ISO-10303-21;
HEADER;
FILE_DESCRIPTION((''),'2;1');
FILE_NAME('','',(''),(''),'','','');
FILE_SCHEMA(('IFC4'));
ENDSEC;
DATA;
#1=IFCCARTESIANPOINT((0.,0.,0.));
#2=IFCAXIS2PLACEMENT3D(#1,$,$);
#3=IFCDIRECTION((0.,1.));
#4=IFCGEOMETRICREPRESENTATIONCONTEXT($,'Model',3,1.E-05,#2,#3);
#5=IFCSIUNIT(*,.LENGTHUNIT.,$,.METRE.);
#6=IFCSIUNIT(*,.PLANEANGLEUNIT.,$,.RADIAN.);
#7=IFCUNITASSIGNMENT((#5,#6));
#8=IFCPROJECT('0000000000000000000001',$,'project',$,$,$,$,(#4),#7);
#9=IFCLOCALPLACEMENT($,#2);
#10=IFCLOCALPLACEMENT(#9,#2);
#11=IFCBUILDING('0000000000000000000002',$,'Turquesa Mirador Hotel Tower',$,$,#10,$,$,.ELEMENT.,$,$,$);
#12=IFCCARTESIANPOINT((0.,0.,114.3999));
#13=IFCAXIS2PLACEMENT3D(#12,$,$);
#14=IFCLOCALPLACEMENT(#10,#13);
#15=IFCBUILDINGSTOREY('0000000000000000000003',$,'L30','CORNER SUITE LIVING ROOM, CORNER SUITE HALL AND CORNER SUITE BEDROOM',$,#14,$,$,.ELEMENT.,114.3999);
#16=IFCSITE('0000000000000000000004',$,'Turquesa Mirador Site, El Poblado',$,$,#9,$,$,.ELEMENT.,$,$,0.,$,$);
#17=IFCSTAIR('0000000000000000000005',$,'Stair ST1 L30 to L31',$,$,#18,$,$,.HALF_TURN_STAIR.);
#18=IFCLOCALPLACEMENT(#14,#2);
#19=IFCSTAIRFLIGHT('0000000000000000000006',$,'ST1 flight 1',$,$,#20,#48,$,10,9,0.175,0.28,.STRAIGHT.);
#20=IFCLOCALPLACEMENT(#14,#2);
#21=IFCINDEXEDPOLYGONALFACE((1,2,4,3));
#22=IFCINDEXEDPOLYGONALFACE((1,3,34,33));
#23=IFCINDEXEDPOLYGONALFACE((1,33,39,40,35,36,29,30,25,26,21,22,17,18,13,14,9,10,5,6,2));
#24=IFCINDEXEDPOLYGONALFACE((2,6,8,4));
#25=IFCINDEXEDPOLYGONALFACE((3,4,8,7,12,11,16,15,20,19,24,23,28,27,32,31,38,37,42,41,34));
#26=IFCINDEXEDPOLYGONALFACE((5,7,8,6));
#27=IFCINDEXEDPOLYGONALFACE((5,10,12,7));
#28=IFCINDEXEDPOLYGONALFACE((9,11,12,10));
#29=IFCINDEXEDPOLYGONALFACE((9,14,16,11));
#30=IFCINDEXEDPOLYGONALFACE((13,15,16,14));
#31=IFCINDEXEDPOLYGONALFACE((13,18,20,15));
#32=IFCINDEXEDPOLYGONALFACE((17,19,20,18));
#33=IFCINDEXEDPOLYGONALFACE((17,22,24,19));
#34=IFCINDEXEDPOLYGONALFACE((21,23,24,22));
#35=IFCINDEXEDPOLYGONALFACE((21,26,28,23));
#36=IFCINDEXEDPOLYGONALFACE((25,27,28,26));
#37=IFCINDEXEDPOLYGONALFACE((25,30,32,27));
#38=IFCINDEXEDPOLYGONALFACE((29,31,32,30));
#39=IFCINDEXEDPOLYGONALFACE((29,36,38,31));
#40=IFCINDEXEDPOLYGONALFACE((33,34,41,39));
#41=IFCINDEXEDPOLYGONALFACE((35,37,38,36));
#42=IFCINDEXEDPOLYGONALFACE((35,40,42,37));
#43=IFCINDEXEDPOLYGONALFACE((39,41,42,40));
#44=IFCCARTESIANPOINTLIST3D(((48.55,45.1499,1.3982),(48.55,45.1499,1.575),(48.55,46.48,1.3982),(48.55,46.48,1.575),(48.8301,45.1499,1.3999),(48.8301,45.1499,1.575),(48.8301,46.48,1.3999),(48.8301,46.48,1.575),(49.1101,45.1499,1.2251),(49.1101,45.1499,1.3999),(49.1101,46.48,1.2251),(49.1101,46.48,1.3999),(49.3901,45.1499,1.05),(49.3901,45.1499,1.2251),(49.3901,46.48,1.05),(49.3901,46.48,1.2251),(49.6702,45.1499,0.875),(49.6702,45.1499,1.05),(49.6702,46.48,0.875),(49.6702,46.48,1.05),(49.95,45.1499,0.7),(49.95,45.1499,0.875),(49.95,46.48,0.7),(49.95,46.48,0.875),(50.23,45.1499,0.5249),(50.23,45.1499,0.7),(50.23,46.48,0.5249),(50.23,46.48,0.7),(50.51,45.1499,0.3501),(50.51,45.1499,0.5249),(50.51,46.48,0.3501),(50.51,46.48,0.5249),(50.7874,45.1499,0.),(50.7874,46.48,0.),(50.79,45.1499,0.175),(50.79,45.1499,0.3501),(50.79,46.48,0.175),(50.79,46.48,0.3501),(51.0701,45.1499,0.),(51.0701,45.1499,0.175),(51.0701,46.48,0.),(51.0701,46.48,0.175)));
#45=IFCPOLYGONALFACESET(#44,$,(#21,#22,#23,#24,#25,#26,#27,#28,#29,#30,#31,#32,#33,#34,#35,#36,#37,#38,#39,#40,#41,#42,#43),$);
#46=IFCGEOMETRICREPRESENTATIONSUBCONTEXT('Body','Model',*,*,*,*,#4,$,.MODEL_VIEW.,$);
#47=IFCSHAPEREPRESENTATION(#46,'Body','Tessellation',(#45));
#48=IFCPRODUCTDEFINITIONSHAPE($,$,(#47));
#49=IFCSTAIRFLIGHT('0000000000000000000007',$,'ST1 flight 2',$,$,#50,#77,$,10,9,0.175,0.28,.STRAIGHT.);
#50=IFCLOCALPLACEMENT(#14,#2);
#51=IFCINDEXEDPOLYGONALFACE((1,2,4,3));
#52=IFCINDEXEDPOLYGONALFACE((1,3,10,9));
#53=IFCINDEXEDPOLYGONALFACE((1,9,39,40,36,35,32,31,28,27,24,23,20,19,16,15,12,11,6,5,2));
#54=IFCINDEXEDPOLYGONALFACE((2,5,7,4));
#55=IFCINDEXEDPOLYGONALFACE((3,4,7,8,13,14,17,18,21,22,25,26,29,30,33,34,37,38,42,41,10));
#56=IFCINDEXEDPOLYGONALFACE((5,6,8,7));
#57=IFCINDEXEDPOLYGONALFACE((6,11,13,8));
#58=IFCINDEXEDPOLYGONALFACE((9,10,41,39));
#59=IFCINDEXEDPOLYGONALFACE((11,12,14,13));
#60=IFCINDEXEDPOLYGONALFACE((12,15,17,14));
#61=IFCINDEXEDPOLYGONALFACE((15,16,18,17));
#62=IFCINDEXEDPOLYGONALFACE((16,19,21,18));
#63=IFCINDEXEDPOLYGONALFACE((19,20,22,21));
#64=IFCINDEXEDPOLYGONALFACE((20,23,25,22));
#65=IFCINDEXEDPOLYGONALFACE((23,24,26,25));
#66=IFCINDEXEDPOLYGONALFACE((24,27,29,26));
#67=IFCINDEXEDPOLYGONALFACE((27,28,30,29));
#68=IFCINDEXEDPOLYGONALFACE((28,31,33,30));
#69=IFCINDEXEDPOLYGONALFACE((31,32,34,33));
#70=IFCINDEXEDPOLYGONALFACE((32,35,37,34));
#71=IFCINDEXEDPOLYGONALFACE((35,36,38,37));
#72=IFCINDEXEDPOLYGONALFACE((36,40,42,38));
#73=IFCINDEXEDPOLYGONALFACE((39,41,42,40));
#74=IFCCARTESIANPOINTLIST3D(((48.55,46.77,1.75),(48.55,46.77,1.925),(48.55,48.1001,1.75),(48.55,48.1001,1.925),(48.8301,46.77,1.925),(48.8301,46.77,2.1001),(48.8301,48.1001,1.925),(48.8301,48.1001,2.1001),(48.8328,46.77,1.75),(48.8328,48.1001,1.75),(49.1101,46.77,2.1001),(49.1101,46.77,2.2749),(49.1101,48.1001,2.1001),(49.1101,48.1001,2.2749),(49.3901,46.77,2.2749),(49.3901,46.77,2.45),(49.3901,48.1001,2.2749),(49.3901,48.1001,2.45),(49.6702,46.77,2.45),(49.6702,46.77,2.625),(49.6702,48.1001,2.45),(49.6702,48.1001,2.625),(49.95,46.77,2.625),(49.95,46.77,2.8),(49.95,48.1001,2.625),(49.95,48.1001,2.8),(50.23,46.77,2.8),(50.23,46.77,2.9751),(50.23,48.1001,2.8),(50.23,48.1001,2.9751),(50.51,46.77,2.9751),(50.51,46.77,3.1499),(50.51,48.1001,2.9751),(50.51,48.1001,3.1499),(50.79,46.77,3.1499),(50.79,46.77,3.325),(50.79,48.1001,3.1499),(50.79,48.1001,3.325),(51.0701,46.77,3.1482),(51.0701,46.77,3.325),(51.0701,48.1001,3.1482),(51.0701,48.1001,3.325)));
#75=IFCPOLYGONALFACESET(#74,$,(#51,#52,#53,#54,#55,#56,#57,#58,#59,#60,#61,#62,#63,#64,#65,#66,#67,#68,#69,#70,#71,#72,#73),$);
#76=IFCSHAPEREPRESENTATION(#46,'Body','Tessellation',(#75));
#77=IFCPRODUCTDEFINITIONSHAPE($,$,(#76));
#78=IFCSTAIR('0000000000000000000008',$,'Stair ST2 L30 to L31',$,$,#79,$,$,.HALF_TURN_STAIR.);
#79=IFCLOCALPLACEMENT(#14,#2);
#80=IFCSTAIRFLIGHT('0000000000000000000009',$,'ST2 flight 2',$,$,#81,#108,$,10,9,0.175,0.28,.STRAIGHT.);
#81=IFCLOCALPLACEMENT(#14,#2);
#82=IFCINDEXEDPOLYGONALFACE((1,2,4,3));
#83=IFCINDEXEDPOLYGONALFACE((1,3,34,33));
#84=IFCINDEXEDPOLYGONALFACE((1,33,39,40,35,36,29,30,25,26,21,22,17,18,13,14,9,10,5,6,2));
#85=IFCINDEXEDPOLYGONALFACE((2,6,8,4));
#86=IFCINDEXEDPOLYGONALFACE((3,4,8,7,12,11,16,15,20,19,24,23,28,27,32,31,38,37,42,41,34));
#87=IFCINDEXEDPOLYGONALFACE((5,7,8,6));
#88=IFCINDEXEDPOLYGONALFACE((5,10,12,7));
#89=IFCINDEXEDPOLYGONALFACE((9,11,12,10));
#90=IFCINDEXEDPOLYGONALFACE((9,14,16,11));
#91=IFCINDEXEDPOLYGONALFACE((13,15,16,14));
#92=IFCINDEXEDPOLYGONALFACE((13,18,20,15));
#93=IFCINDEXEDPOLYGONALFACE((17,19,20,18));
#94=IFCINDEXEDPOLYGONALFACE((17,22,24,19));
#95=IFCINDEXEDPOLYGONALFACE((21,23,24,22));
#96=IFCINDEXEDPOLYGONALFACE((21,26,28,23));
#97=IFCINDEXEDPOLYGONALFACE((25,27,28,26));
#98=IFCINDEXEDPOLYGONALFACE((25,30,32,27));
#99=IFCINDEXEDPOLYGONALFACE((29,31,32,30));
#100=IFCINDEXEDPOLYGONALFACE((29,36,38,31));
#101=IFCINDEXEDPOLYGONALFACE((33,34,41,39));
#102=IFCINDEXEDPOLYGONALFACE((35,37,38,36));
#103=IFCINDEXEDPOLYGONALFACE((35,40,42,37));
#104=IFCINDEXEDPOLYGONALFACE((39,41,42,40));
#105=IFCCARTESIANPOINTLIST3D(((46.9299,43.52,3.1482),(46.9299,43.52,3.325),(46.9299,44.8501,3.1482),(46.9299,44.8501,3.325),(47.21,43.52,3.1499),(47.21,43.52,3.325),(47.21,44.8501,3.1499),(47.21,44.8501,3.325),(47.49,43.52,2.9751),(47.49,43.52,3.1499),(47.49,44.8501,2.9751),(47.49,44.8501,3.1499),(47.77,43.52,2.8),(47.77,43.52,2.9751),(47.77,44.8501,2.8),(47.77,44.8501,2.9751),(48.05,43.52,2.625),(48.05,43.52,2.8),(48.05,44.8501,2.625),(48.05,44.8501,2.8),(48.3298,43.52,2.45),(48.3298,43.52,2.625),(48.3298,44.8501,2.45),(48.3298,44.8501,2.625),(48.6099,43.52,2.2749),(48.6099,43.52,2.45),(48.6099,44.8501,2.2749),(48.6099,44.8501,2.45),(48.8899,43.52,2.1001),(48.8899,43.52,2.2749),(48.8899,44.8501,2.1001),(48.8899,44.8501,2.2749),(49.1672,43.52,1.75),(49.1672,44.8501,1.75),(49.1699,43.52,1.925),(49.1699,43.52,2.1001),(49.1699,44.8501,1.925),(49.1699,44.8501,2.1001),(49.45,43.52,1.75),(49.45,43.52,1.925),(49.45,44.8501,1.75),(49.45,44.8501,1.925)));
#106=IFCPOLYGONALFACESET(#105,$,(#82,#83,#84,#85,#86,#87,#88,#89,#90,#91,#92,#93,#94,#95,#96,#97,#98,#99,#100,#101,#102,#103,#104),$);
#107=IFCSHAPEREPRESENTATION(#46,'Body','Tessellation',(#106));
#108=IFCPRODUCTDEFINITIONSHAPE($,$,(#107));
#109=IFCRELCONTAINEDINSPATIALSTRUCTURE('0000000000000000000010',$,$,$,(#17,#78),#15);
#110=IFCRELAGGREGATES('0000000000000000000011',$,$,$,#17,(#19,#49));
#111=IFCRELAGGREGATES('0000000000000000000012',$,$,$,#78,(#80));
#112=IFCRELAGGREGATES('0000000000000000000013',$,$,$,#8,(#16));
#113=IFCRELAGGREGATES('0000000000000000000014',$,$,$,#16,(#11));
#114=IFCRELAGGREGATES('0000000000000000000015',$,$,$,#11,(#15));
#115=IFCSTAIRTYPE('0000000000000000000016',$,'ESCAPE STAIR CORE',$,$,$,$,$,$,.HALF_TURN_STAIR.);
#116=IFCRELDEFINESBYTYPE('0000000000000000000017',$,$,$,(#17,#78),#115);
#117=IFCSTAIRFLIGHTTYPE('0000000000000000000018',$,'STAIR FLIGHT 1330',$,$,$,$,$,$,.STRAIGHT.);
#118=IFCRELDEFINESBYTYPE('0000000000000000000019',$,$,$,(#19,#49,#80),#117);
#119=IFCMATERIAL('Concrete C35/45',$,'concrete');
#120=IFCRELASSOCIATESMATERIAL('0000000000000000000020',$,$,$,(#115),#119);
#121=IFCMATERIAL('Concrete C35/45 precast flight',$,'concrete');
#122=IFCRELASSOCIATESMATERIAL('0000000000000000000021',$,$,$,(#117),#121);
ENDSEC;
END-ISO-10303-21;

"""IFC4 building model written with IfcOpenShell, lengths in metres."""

from ifc_helpers import new_model, si_unit, direction, frame, origin, place, context, subcontext, project, spatial, polyline, outline, extrude, material, type_object, element, aggregate, save


model = new_model("IFC4")

# Units and contexts
model_context = context("Model", 3, precision=1e-05, world=origin(), true_north=direction((0.0, 1.0)))
body_context = subcontext(model_context, "Body", "Model", "MODEL_VIEW")
ifc_project = project(units=[si_unit("LENGTHUNIT", "METRE"), si_unit("PLANEANGLEUNIT", "RADIAN")], contexts=[model_context])

# Site, building, storey
site_placement = place(None, origin())
site = spatial("IfcSite", under=ifc_project, at=site_placement, Name="Turquesa Mirador Site, El Poblado", CompositionType="ELEMENT", RefElevation=0.0)
building_placement = place(site_placement, origin())
building = spatial("IfcBuilding", under=site, at=building_placement, Name="Turquesa Mirador Hotel Tower", CompositionType="ELEMENT")
storey_placement = place(building_placement, frame((0.0, 0.0, 114.3999)))
storey = spatial("IfcBuildingStorey", under=building, at=storey_placement, Name="L30", Description="CORNER SUITE LIVING ROOM, CORNER SUITE HALL AND CORNER SUITE BEDROOM", CompositionType="ELEMENT", Elevation=114.3999)

# Stair, stair flights
ifc_material_1 = material(Name="Concrete C35/45", Category="concrete")
stair_type = type_object("IfcStairType", Name="ESCAPE STAIR CORE", PredefinedType="HALF_TURN_STAIR", material=ifc_material_1)
stair_1_placement = place(storey_placement, origin())
stair_1 = element("IfcStair", 1, at=stair_1_placement, inside=storey, type_object=stair_type, Name="Stair ST1 L30 to L31", PredefinedType="HALF_TURN_STAIR")
ifc_material_2 = material(Name="Concrete C35/45 precast flight", Category="concrete")
stair_flight_type = type_object("IfcStairFlightType", Name="STAIR FLIGHT 1330", PredefinedType="STRAIGHT", material=ifc_material_2)
stair_flight_1_placement = place(storey_placement, frame((51.0701, 45.8149, 0.0), z_axis=(0.0, 0.0, 1.0), x_axis=(-1.0, 0.0, 0.0)))
stair_flight_1 = element("IfcStairFlight", 2, at=stair_flight_1_placement, type_object=stair_flight_type, Name="ST1 flight 1", NumberOfRisers=10, NumberOfTreads=9, PredefinedType="STRAIGHT", RiserHeight=0.175, TreadLength=0.28, context=body_context, shape_type="SweptSolid", body=[
    extrude(outline(polyline([(0.0, 0.0), (0.0, 0.175), (0.28, 0.175), (0.28, 0.3501), (0.5601, 0.3501), (0.5601, 0.5249), (0.8401, 0.5249), (0.8401, 0.7), (1.1201, 0.7), (1.1201, 0.875), (1.3999, 0.875), (1.3999, 1.05), (1.6799, 1.05), (1.6799, 1.2251), (1.96, 1.2251), (1.96, 1.3999), (2.24, 1.3999), (2.24, 1.575), (2.52, 1.575), (2.52, 1.75), (2.52, 1.3982), (0.2827, 0.0), (0.0, 0.0)])), frame((0.0, 0.665, 0.0), z_axis=(0.0, -1.0, 0.0), x_axis=(1.0, 0.0, 0.0)), (0.0, 0.0, 1.0), 1.3301),
])
stair_flight_2_placement = place(storey_placement, frame((48.55, 47.4351, 1.75), z_axis=(0.0, 0.0, 1.0), x_axis=(1.0, 0.0, 0.0)))
stair_flight_2 = element("IfcStairFlight", 3, at=stair_flight_2_placement, type_object=stair_flight_type, Name="ST1 flight 2", NumberOfRisers=10, NumberOfTreads=9, PredefinedType="STRAIGHT", RiserHeight=0.175, TreadLength=0.28, context=body_context, shape_type="SweptSolid", body=[
    extrude(outline(polyline([(0.0, 0.0), (0.0, 0.175), (0.28, 0.175), (0.28, 0.3501), (0.5601, 0.3501), (0.5601, 0.5249), (0.8401, 0.5249), (0.8401, 0.7), (1.1201, 0.7), (1.1201, 0.875), (1.3999, 0.875), (1.3999, 1.05), (1.6799, 1.05), (1.6799, 1.2251), (1.96, 1.2251), (1.96, 1.3999), (2.24, 1.3999), (2.24, 1.575), (2.52, 1.575), (2.52, 1.75), (2.52, 1.3982), (0.2827, 0.0), (0.0, 0.0)])), frame((0.0, 0.665, 0.0), z_axis=(0.0, -1.0, 0.0), x_axis=(1.0, 0.0, 0.0)), (0.0, 0.0, 1.0), 1.3301),
])
aggregate(stair_1, [stair_flight_1, stair_flight_2])

# Stair, stair flight
stair_2_placement = place(storey_placement, origin())
stair_2 = element("IfcStair", 4, at=stair_2_placement, inside=storey, type_object=stair_type, Name="Stair ST2 L30 to L31", PredefinedType="HALF_TURN_STAIR")
stair_flight_3_placement = place(storey_placement, frame((49.45, 44.1851, 1.75), z_axis=(0.0, 0.0, 1.0), x_axis=(-1.0, 0.0, 0.0)))
stair_flight_3 = element("IfcStairFlight", 5, at=stair_flight_3_placement, type_object=stair_flight_type, Name="ST2 flight 2", NumberOfRisers=10, NumberOfTreads=9, PredefinedType="STRAIGHT", RiserHeight=0.175, TreadLength=0.28, context=body_context, shape_type="SweptSolid", body=[
    extrude(outline(polyline([(0.0, 0.0), (0.0, 0.175), (0.28, 0.175), (0.28, 0.3501), (0.5601, 0.3501), (0.5601, 0.5249), (0.8401, 0.5249), (0.8401, 0.7), (1.1201, 0.7), (1.1201, 0.875), (1.3999, 0.875), (1.3999, 1.05), (1.6799, 1.05), (1.6799, 1.2251), (1.96, 1.2251), (1.96, 1.3999), (2.24, 1.3999), (2.24, 1.575), (2.52, 1.575), (2.52, 1.75), (2.52, 1.3982), (0.2827, 0.0), (0.0, 0.0)])), frame((0.0, 0.665, 0.0), z_axis=(0.0, -1.0, 0.0), x_axis=(1.0, 0.0, 0.0)), (0.0, 0.0, 1.0), 1.3301),
])
aggregate(stair_2, [stair_flight_3])

save(model, "model.ifc")
